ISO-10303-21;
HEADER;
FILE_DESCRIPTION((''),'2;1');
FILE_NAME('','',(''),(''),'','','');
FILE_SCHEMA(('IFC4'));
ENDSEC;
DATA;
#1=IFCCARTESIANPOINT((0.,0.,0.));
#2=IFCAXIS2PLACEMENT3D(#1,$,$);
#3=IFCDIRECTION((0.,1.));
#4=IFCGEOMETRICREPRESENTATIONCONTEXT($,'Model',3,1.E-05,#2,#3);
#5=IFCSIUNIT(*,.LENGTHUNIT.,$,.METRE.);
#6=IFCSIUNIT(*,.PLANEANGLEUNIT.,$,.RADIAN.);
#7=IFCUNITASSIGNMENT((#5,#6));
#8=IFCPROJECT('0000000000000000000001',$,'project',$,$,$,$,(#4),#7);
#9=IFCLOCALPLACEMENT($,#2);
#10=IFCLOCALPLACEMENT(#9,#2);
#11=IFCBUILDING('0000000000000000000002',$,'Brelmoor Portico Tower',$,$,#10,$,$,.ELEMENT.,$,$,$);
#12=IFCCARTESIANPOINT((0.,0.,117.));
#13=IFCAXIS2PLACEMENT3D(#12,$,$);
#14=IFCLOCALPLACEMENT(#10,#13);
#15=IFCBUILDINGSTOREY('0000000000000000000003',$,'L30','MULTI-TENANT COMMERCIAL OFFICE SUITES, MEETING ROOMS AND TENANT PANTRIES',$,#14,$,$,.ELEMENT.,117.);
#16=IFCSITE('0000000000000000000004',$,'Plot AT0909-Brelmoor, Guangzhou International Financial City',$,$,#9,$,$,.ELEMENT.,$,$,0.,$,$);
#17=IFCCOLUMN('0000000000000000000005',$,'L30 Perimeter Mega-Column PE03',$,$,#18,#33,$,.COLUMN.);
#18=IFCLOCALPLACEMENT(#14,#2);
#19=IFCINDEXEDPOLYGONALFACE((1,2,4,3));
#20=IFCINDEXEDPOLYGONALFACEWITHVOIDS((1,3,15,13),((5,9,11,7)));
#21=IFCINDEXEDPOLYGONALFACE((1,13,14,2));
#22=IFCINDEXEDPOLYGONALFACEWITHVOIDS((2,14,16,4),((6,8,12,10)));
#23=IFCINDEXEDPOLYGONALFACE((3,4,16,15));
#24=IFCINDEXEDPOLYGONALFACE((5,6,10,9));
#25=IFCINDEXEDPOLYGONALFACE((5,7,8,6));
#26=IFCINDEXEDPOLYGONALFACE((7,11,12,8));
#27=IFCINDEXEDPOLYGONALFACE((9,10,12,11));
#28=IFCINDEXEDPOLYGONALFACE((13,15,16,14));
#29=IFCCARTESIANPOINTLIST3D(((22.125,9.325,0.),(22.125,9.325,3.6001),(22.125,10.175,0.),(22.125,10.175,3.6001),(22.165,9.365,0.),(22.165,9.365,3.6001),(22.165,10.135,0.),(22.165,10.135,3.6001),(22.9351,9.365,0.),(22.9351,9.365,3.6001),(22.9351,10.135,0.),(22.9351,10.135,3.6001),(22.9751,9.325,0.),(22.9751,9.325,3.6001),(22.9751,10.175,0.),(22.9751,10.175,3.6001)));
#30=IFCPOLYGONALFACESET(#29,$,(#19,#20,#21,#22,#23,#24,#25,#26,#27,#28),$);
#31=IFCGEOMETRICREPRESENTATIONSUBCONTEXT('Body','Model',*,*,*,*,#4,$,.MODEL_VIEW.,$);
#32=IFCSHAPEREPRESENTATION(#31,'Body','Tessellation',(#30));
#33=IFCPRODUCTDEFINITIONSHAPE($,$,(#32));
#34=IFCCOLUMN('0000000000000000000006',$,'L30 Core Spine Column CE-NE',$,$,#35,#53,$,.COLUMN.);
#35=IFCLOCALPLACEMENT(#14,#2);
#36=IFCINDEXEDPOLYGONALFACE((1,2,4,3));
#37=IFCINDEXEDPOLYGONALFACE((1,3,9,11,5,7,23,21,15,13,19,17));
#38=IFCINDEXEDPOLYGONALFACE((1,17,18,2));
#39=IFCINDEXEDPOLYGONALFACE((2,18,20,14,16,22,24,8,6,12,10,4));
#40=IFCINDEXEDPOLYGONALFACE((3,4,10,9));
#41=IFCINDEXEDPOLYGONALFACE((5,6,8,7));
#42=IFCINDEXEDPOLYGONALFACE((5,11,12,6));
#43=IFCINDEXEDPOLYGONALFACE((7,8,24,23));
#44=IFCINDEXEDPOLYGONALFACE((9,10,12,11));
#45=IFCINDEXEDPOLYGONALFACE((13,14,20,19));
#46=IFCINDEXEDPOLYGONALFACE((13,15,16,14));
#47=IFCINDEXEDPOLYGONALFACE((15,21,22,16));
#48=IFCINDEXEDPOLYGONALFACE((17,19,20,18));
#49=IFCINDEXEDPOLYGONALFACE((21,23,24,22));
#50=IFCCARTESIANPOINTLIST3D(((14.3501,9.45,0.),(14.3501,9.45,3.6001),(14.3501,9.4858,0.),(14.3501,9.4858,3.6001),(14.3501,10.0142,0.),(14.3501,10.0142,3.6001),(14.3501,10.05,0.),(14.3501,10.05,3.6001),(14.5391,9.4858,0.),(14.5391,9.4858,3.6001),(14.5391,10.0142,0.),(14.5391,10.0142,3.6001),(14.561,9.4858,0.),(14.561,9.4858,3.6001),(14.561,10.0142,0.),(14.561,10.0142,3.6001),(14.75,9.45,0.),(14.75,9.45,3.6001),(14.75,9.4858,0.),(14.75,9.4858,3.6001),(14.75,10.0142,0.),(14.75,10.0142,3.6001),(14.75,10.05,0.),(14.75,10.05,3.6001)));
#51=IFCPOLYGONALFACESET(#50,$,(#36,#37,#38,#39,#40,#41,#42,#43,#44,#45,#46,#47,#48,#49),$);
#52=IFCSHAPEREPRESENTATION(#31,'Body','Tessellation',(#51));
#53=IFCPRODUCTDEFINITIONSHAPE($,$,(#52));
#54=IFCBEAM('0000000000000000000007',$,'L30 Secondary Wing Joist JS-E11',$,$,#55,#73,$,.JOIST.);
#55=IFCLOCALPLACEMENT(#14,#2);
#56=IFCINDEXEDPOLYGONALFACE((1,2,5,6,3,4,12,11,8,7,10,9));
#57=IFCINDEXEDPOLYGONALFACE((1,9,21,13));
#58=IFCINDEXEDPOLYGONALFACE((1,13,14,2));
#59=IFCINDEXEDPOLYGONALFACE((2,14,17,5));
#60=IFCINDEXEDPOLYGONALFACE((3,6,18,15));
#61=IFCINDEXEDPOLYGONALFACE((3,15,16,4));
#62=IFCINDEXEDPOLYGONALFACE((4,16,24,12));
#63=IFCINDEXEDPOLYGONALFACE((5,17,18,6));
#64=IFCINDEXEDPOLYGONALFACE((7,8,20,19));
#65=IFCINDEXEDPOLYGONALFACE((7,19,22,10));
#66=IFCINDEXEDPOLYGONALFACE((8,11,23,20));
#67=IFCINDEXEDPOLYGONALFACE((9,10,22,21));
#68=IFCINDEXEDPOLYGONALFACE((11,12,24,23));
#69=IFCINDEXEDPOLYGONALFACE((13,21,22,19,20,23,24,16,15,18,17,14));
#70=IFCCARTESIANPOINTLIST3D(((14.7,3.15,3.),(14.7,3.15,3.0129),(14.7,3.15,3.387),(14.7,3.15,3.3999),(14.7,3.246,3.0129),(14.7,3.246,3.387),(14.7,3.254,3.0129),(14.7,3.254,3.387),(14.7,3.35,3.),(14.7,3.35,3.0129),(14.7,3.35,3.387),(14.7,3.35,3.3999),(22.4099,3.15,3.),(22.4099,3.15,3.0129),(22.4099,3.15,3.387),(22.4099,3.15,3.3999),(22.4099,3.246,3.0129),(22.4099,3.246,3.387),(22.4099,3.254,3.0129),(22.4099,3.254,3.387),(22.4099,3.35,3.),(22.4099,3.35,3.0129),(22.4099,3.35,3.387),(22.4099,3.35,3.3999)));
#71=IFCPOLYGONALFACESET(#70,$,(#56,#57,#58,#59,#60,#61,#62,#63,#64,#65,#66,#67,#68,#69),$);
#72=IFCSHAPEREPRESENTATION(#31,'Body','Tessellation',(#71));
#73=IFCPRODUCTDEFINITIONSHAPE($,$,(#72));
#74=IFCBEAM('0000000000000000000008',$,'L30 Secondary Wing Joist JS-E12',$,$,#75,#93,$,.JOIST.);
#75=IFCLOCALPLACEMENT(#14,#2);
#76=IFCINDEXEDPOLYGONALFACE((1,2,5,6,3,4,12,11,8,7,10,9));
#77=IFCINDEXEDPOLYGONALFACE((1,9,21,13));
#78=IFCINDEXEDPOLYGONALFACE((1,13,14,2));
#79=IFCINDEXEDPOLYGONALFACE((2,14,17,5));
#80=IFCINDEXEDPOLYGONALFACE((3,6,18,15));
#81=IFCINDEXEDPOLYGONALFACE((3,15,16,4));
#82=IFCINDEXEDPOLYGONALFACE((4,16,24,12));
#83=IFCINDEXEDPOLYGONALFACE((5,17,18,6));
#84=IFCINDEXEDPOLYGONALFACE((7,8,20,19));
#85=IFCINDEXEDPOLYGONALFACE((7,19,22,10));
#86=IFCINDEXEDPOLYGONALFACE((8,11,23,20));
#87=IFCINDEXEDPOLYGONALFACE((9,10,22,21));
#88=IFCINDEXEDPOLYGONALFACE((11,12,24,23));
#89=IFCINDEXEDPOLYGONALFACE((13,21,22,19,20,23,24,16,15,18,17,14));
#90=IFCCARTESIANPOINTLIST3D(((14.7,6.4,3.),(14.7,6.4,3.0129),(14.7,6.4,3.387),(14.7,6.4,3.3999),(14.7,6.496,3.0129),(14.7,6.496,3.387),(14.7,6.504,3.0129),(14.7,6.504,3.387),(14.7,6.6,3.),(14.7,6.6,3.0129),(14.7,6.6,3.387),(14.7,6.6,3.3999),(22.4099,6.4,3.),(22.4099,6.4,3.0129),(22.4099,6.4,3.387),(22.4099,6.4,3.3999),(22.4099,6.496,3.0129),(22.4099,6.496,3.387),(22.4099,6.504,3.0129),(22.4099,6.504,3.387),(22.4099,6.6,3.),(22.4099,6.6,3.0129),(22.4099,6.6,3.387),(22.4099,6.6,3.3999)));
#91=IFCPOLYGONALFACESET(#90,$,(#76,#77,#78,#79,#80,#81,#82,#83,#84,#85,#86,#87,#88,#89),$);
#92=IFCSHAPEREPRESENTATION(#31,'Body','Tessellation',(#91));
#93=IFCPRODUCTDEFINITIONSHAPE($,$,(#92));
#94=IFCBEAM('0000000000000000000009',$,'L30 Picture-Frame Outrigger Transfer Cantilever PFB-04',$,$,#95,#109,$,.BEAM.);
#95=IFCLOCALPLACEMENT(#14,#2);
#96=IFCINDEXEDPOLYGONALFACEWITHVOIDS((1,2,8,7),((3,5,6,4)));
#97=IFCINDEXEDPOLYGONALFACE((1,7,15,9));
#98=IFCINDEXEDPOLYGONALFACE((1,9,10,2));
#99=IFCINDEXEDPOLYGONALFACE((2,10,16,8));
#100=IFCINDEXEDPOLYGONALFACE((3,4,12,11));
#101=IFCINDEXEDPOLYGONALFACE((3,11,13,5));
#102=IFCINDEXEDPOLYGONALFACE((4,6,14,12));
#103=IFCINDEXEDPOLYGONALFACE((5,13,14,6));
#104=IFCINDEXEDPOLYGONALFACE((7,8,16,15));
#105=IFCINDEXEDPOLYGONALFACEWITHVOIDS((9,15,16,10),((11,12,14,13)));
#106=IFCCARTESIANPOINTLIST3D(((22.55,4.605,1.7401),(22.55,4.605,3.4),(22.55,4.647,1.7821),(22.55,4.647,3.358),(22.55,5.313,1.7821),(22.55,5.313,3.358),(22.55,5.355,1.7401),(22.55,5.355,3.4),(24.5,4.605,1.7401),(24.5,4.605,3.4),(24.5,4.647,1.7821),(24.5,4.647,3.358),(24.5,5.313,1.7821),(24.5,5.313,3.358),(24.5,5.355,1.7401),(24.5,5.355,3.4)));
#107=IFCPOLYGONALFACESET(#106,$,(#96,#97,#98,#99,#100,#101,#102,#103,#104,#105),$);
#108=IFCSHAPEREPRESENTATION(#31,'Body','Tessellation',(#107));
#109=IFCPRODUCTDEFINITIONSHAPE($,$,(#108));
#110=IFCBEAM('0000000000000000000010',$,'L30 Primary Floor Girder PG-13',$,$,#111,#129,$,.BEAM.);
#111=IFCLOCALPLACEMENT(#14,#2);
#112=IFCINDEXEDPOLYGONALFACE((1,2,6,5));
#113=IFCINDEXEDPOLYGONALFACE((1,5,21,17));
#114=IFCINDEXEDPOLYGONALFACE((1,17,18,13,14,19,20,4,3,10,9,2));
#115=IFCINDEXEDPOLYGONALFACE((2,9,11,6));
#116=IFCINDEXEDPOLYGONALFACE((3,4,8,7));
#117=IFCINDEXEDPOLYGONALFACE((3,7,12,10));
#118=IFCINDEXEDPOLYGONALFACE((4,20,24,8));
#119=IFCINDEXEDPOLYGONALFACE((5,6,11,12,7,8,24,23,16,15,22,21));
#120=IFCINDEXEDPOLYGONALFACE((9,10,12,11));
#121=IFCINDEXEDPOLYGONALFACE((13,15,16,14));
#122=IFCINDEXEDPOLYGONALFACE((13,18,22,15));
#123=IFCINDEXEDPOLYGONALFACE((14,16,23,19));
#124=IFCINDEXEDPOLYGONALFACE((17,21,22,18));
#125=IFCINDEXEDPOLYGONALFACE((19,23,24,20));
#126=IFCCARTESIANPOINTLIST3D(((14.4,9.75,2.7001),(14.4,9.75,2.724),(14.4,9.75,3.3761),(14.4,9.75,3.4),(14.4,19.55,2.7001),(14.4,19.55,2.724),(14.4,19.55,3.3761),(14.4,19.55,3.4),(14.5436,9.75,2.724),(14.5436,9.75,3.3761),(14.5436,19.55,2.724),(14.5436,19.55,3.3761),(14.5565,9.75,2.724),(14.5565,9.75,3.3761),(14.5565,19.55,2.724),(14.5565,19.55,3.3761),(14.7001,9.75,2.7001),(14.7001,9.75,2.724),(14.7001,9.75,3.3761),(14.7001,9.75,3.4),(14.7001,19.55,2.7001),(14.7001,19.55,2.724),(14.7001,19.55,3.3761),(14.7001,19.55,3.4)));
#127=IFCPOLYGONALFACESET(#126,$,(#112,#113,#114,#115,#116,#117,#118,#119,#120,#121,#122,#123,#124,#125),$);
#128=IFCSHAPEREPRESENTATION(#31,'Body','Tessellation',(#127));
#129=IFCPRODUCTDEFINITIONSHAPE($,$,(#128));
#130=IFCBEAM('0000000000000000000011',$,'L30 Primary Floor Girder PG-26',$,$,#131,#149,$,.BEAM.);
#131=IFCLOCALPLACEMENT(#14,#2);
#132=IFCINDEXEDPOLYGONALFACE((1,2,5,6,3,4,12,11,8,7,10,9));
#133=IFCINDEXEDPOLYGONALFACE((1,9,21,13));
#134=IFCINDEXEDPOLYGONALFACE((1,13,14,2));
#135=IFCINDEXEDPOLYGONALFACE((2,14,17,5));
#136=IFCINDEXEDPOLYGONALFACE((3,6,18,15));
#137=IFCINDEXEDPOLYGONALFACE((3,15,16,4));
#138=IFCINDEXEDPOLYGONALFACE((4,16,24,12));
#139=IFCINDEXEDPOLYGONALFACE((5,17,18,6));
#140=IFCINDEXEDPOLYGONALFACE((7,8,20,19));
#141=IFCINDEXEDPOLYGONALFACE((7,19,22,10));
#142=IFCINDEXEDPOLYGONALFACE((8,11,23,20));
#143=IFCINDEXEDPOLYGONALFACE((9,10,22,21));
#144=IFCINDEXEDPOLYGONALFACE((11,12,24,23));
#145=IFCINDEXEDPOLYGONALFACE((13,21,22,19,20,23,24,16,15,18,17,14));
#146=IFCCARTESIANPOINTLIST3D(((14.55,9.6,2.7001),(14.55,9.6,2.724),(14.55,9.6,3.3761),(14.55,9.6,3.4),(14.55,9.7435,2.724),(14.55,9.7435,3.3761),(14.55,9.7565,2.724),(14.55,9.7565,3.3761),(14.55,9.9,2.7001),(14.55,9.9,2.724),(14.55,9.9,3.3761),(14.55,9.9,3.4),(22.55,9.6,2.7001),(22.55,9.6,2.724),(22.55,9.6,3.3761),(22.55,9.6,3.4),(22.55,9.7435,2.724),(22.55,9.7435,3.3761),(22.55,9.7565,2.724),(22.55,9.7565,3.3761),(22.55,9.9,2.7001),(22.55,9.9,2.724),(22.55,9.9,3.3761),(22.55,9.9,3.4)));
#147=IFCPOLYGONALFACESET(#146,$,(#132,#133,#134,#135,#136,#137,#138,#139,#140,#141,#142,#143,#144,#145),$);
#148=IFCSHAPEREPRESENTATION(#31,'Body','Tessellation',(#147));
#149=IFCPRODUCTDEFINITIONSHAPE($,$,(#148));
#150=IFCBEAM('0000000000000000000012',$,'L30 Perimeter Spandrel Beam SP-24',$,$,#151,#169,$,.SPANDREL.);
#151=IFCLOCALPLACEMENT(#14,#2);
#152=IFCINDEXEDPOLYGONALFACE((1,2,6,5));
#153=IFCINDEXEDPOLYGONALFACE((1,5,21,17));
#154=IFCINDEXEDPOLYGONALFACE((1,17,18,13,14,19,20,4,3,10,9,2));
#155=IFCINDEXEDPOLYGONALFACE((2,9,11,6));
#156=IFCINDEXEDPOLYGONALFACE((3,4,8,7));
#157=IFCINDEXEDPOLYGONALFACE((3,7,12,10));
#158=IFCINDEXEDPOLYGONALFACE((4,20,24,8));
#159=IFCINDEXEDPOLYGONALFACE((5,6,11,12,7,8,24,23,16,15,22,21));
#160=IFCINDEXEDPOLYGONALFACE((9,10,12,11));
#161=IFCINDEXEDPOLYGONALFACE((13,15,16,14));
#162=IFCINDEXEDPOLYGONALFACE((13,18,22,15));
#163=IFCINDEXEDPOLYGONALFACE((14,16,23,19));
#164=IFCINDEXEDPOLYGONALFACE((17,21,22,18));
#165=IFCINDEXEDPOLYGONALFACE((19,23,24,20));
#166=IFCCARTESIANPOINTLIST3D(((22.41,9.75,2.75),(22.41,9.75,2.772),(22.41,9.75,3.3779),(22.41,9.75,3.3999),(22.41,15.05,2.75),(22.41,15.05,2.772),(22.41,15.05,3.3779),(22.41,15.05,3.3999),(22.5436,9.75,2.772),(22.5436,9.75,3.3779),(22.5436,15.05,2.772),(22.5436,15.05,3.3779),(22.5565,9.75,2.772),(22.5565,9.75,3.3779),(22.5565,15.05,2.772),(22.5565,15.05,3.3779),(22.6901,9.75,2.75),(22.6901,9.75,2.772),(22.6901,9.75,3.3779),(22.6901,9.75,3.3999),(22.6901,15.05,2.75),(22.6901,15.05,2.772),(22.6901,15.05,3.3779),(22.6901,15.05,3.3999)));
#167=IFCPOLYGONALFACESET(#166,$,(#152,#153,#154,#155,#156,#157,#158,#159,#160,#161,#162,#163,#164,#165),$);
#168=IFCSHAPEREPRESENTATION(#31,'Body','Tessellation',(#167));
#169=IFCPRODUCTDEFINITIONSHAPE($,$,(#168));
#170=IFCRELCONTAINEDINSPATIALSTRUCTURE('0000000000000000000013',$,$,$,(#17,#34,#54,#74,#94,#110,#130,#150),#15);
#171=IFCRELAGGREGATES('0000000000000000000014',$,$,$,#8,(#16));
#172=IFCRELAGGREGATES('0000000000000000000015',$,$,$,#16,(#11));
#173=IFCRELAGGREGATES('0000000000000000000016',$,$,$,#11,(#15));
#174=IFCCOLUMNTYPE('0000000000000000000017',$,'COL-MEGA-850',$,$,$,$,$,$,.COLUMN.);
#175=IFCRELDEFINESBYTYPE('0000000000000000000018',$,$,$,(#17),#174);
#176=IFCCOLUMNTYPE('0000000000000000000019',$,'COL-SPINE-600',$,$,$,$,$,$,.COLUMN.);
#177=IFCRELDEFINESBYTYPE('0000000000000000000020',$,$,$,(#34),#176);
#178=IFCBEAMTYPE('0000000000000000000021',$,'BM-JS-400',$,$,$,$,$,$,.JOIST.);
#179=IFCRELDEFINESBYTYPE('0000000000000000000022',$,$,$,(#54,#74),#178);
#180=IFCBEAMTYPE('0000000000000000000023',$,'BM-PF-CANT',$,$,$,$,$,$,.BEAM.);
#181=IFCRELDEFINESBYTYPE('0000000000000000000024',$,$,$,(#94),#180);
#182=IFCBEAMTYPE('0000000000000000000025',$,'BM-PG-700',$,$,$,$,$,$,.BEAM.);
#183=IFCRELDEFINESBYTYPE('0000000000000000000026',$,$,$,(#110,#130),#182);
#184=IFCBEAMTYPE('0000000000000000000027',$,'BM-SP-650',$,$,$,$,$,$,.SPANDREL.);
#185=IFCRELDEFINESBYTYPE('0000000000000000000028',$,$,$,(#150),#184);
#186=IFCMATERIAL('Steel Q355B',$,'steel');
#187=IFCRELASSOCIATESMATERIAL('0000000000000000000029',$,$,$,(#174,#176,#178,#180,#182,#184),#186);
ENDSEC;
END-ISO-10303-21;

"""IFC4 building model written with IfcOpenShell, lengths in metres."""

from ifc_helpers import new_model, si_unit, direction, frame, origin, origin_2d, place, context, subcontext, project, spatial, hollow_rectangle, i_section, extrude, material, material_profile, profile_set, type_object, element, save


model = new_model("IFC4")

# Units and contexts
model_context = context("Model", 3, precision=1e-05, world=origin(), true_north=direction((0.0, 1.0)))
body_context = subcontext(model_context, "Body", "Model", "MODEL_VIEW")
ifc_project = project(units=[si_unit("LENGTHUNIT", "METRE"), si_unit("PLANEANGLEUNIT", "RADIAN")], contexts=[model_context])

# Site, building, storey
site_placement = place(None, origin())
site = spatial("IfcSite", under=ifc_project, at=site_placement, Name="Plot AT0909-Brelmoor, Guangzhou International Financial City", CompositionType="ELEMENT", RefElevation=0.0)
building_placement = place(site_placement, origin())
building = spatial("IfcBuilding", under=site, at=building_placement, Name="Brelmoor Portico Tower", CompositionType="ELEMENT")
storey_placement = place(building_placement, frame((0.0, 0.0, 117.0)))
storey = spatial("IfcBuildingStorey", under=building, at=storey_placement, Name="L30", Description="MULTI-TENANT COMMERCIAL OFFICE SUITES, MEETING ROOMS AND TENANT PANTRIES", CompositionType="ELEMENT", Elevation=117.0)

# Columns
ifc_material_1 = material(Name="Steel Q355B", Category="steel")
ifc_material_profile_1 = material_profile(ifc_material_1, hollow_rectangle(XDim=0.8501, YDim=0.8501, WallThickness=0.04, at=origin_2d()), Name="BOX 850x850x40")
ifc_profile_set_1 = profile_set([ifc_material_profile_1], Name="Steel Q355B")
column_type_1 = type_object("IfcColumnType", Name="COL-MEGA-850", PredefinedType="COLUMN", material=ifc_profile_set_1)
column_1_placement = place(storey_placement, frame((22.55, 9.75, 0.0), z_axis=(0.0, 0.0, 1.0), x_axis=(0.0, 1.0, 0.0)))
element("IfcColumn", 1, at=column_1_placement, inside=storey, type_object=column_type_1, Name="L30 Perimeter Mega-Column PE03", PredefinedType="COLUMN", context=body_context, shape_type="SweptSolid", body=[
    extrude(hollow_rectangle(XDim=0.8501, YDim=0.8501, WallThickness=0.04, at=origin_2d()), origin(), (0.0, 0.0, 1.0), 3.6001),
])
ifc_material_profile_2 = material_profile(ifc_material_1, i_section(OverallWidth=0.3999, OverallDepth=0.6001, WebThickness=0.022, FlangeThickness=0.0359, at=origin_2d()), Name="HW 600x400x22x36")
ifc_profile_set_2 = profile_set([ifc_material_profile_2], Name="Steel Q355B")
column_type_2 = type_object("IfcColumnType", Name="COL-SPINE-600", PredefinedType="COLUMN", material=ifc_profile_set_2)
column_2_placement = place(storey_placement, frame((14.55, 9.75, 0.0), z_axis=(0.0, 0.0, 1.0), x_axis=(1.0, 0.0, 0.0)))
element("IfcColumn", 2, at=column_2_placement, inside=storey, type_object=column_type_2, Name="L30 Core Spine Column CE-NE", PredefinedType="COLUMN", context=body_context, shape_type="SweptSolid", body=[
    extrude(i_section(OverallWidth=0.3999, OverallDepth=0.6001, WebThickness=0.022, FlangeThickness=0.0359, at=origin_2d()), origin(), (0.0, 0.0, 1.0), 3.6001),
])

# Beams
ifc_material_profile_3 = material_profile(ifc_material_1, i_section(OverallWidth=0.2, OverallDepth=0.3999, WebThickness=0.0081, FlangeThickness=0.0129, at=origin_2d()), Name="HN 400x200x8x13")
ifc_profile_set_3 = profile_set([ifc_material_profile_3], Name="Steel Q355B")
beam_type_1 = type_object("IfcBeamType", Name="BM-JS-400", PredefinedType="JOIST", material=ifc_profile_set_3)
for number, where, z_axis, x_axis, name in (
    (3, (14.7, 3.25, 3.2), (1.0, 0.0, 0.0), (0.0, 1.0, 0.0), "L30 Secondary Wing Joist JS-E11"),
    (4, (14.7, 6.5, 3.2), (1.0, 0.0, 0.0), (0.0, 1.0, 0.0), "L30 Secondary Wing Joist JS-E12"),
):
    element("IfcBeam", number, at=place(storey_placement, frame(where, z_axis=z_axis, x_axis=x_axis)), inside=storey, type_object=beam_type_1, Name=name, PredefinedType="JOIST", context=body_context, shape_type="SweptSolid", body=[
        extrude(i_section(OverallWidth=0.2, OverallDepth=0.3999, WebThickness=0.0081, FlangeThickness=0.0129, at=origin_2d()), origin(), (0.0, 0.0, 1.0), 7.71),
    ])
ifc_material_profile_4 = material_profile(ifc_material_1, hollow_rectangle(XDim=0.75, YDim=1.6599, WallThickness=0.042, at=origin_2d()), Name="BOX 750x1660x42")
ifc_profile_set_4 = profile_set([ifc_material_profile_4], Name="Steel Q355B")
beam_type_2 = type_object("IfcBeamType", Name="BM-PF-CANT", PredefinedType="BEAM", material=ifc_profile_set_4)
beam_1_placement = place(storey_placement, frame((22.55, 4.98, 2.5701), z_axis=(1.0, 0.0, 0.0), x_axis=(0.0, 1.0, 0.0)))
element("IfcBeam", 5, at=beam_1_placement, inside=storey, type_object=beam_type_2, Name="L30 Picture-Frame Outrigger Transfer Cantilever PFB-04", PredefinedType="BEAM", context=body_context, shape_type="SweptSolid", body=[
    extrude(hollow_rectangle(XDim=0.75, YDim=1.6599, WallThickness=0.042, at=origin_2d()), origin(), (0.0, 0.0, 1.0), 1.95),
])
ifc_material_profile_5 = material_profile(ifc_material_1, i_section(OverallWidth=0.3, OverallDepth=0.7, WebThickness=0.0129, FlangeThickness=0.0239, at=origin_2d()), Name="HN 700x300x13x24")
ifc_profile_set_5 = profile_set([ifc_material_profile_5], Name="Steel Q355B")
beam_type_3 = type_object("IfcBeamType", Name="BM-PG-700", PredefinedType="BEAM", material=ifc_profile_set_5)
beam_2_placement = place(storey_placement, frame((14.55, 9.75, 3.05), z_axis=(0.0, 1.0, 0.0), x_axis=(-1.0, 0.0, 0.0)))
element("IfcBeam", 6, at=beam_2_placement, inside=storey, type_object=beam_type_3, Name="L30 Primary Floor Girder PG-13", PredefinedType="BEAM", context=body_context, shape_type="SweptSolid", body=[
    extrude(i_section(OverallWidth=0.3, OverallDepth=0.7, WebThickness=0.0129, FlangeThickness=0.0239, at=origin_2d()), origin(), (0.0, 0.0, 1.0), 9.8),
])
beam_3_placement = place(storey_placement, frame((14.55, 9.75, 3.05), z_axis=(1.0, 0.0, 0.0), x_axis=(0.0, 1.0, 0.0)))
element("IfcBeam", 7, at=beam_3_placement, inside=storey, type_object=beam_type_3, Name="L30 Primary Floor Girder PG-26", PredefinedType="BEAM", context=body_context, shape_type="SweptSolid", body=[
    extrude(i_section(OverallWidth=0.3, OverallDepth=0.7, WebThickness=0.0129, FlangeThickness=0.0239, at=origin_2d()), origin(), (0.0, 0.0, 1.0), 8.0),
])
ifc_material_profile_6 = material_profile(ifc_material_1, i_section(OverallWidth=0.28, OverallDepth=0.6499, WebThickness=0.0129, FlangeThickness=0.022, at=origin_2d()), Name="HN 650x280x13x22")
ifc_profile_set_6 = profile_set([ifc_material_profile_6], Name="Steel Q355B")
beam_type_4 = type_object("IfcBeamType", Name="BM-SP-650", PredefinedType="SPANDREL", material=ifc_profile_set_6)
beam_4_placement = place(storey_placement, frame((22.55, 9.75, 3.075), z_axis=(0.0, 1.0, 0.0), x_axis=(-1.0, 0.0, 0.0)))
element("IfcBeam", 8, at=beam_4_placement, inside=storey, type_object=beam_type_4, Name="L30 Perimeter Spandrel Beam SP-24", PredefinedType="SPANDREL", context=body_context, shape_type="SweptSolid", body=[
    extrude(i_section(OverallWidth=0.28, OverallDepth=0.6499, WebThickness=0.0129, FlangeThickness=0.022, at=origin_2d()), origin(), (0.0, 0.0, 1.0), 5.3),
])

save(model, "model.ifc")
